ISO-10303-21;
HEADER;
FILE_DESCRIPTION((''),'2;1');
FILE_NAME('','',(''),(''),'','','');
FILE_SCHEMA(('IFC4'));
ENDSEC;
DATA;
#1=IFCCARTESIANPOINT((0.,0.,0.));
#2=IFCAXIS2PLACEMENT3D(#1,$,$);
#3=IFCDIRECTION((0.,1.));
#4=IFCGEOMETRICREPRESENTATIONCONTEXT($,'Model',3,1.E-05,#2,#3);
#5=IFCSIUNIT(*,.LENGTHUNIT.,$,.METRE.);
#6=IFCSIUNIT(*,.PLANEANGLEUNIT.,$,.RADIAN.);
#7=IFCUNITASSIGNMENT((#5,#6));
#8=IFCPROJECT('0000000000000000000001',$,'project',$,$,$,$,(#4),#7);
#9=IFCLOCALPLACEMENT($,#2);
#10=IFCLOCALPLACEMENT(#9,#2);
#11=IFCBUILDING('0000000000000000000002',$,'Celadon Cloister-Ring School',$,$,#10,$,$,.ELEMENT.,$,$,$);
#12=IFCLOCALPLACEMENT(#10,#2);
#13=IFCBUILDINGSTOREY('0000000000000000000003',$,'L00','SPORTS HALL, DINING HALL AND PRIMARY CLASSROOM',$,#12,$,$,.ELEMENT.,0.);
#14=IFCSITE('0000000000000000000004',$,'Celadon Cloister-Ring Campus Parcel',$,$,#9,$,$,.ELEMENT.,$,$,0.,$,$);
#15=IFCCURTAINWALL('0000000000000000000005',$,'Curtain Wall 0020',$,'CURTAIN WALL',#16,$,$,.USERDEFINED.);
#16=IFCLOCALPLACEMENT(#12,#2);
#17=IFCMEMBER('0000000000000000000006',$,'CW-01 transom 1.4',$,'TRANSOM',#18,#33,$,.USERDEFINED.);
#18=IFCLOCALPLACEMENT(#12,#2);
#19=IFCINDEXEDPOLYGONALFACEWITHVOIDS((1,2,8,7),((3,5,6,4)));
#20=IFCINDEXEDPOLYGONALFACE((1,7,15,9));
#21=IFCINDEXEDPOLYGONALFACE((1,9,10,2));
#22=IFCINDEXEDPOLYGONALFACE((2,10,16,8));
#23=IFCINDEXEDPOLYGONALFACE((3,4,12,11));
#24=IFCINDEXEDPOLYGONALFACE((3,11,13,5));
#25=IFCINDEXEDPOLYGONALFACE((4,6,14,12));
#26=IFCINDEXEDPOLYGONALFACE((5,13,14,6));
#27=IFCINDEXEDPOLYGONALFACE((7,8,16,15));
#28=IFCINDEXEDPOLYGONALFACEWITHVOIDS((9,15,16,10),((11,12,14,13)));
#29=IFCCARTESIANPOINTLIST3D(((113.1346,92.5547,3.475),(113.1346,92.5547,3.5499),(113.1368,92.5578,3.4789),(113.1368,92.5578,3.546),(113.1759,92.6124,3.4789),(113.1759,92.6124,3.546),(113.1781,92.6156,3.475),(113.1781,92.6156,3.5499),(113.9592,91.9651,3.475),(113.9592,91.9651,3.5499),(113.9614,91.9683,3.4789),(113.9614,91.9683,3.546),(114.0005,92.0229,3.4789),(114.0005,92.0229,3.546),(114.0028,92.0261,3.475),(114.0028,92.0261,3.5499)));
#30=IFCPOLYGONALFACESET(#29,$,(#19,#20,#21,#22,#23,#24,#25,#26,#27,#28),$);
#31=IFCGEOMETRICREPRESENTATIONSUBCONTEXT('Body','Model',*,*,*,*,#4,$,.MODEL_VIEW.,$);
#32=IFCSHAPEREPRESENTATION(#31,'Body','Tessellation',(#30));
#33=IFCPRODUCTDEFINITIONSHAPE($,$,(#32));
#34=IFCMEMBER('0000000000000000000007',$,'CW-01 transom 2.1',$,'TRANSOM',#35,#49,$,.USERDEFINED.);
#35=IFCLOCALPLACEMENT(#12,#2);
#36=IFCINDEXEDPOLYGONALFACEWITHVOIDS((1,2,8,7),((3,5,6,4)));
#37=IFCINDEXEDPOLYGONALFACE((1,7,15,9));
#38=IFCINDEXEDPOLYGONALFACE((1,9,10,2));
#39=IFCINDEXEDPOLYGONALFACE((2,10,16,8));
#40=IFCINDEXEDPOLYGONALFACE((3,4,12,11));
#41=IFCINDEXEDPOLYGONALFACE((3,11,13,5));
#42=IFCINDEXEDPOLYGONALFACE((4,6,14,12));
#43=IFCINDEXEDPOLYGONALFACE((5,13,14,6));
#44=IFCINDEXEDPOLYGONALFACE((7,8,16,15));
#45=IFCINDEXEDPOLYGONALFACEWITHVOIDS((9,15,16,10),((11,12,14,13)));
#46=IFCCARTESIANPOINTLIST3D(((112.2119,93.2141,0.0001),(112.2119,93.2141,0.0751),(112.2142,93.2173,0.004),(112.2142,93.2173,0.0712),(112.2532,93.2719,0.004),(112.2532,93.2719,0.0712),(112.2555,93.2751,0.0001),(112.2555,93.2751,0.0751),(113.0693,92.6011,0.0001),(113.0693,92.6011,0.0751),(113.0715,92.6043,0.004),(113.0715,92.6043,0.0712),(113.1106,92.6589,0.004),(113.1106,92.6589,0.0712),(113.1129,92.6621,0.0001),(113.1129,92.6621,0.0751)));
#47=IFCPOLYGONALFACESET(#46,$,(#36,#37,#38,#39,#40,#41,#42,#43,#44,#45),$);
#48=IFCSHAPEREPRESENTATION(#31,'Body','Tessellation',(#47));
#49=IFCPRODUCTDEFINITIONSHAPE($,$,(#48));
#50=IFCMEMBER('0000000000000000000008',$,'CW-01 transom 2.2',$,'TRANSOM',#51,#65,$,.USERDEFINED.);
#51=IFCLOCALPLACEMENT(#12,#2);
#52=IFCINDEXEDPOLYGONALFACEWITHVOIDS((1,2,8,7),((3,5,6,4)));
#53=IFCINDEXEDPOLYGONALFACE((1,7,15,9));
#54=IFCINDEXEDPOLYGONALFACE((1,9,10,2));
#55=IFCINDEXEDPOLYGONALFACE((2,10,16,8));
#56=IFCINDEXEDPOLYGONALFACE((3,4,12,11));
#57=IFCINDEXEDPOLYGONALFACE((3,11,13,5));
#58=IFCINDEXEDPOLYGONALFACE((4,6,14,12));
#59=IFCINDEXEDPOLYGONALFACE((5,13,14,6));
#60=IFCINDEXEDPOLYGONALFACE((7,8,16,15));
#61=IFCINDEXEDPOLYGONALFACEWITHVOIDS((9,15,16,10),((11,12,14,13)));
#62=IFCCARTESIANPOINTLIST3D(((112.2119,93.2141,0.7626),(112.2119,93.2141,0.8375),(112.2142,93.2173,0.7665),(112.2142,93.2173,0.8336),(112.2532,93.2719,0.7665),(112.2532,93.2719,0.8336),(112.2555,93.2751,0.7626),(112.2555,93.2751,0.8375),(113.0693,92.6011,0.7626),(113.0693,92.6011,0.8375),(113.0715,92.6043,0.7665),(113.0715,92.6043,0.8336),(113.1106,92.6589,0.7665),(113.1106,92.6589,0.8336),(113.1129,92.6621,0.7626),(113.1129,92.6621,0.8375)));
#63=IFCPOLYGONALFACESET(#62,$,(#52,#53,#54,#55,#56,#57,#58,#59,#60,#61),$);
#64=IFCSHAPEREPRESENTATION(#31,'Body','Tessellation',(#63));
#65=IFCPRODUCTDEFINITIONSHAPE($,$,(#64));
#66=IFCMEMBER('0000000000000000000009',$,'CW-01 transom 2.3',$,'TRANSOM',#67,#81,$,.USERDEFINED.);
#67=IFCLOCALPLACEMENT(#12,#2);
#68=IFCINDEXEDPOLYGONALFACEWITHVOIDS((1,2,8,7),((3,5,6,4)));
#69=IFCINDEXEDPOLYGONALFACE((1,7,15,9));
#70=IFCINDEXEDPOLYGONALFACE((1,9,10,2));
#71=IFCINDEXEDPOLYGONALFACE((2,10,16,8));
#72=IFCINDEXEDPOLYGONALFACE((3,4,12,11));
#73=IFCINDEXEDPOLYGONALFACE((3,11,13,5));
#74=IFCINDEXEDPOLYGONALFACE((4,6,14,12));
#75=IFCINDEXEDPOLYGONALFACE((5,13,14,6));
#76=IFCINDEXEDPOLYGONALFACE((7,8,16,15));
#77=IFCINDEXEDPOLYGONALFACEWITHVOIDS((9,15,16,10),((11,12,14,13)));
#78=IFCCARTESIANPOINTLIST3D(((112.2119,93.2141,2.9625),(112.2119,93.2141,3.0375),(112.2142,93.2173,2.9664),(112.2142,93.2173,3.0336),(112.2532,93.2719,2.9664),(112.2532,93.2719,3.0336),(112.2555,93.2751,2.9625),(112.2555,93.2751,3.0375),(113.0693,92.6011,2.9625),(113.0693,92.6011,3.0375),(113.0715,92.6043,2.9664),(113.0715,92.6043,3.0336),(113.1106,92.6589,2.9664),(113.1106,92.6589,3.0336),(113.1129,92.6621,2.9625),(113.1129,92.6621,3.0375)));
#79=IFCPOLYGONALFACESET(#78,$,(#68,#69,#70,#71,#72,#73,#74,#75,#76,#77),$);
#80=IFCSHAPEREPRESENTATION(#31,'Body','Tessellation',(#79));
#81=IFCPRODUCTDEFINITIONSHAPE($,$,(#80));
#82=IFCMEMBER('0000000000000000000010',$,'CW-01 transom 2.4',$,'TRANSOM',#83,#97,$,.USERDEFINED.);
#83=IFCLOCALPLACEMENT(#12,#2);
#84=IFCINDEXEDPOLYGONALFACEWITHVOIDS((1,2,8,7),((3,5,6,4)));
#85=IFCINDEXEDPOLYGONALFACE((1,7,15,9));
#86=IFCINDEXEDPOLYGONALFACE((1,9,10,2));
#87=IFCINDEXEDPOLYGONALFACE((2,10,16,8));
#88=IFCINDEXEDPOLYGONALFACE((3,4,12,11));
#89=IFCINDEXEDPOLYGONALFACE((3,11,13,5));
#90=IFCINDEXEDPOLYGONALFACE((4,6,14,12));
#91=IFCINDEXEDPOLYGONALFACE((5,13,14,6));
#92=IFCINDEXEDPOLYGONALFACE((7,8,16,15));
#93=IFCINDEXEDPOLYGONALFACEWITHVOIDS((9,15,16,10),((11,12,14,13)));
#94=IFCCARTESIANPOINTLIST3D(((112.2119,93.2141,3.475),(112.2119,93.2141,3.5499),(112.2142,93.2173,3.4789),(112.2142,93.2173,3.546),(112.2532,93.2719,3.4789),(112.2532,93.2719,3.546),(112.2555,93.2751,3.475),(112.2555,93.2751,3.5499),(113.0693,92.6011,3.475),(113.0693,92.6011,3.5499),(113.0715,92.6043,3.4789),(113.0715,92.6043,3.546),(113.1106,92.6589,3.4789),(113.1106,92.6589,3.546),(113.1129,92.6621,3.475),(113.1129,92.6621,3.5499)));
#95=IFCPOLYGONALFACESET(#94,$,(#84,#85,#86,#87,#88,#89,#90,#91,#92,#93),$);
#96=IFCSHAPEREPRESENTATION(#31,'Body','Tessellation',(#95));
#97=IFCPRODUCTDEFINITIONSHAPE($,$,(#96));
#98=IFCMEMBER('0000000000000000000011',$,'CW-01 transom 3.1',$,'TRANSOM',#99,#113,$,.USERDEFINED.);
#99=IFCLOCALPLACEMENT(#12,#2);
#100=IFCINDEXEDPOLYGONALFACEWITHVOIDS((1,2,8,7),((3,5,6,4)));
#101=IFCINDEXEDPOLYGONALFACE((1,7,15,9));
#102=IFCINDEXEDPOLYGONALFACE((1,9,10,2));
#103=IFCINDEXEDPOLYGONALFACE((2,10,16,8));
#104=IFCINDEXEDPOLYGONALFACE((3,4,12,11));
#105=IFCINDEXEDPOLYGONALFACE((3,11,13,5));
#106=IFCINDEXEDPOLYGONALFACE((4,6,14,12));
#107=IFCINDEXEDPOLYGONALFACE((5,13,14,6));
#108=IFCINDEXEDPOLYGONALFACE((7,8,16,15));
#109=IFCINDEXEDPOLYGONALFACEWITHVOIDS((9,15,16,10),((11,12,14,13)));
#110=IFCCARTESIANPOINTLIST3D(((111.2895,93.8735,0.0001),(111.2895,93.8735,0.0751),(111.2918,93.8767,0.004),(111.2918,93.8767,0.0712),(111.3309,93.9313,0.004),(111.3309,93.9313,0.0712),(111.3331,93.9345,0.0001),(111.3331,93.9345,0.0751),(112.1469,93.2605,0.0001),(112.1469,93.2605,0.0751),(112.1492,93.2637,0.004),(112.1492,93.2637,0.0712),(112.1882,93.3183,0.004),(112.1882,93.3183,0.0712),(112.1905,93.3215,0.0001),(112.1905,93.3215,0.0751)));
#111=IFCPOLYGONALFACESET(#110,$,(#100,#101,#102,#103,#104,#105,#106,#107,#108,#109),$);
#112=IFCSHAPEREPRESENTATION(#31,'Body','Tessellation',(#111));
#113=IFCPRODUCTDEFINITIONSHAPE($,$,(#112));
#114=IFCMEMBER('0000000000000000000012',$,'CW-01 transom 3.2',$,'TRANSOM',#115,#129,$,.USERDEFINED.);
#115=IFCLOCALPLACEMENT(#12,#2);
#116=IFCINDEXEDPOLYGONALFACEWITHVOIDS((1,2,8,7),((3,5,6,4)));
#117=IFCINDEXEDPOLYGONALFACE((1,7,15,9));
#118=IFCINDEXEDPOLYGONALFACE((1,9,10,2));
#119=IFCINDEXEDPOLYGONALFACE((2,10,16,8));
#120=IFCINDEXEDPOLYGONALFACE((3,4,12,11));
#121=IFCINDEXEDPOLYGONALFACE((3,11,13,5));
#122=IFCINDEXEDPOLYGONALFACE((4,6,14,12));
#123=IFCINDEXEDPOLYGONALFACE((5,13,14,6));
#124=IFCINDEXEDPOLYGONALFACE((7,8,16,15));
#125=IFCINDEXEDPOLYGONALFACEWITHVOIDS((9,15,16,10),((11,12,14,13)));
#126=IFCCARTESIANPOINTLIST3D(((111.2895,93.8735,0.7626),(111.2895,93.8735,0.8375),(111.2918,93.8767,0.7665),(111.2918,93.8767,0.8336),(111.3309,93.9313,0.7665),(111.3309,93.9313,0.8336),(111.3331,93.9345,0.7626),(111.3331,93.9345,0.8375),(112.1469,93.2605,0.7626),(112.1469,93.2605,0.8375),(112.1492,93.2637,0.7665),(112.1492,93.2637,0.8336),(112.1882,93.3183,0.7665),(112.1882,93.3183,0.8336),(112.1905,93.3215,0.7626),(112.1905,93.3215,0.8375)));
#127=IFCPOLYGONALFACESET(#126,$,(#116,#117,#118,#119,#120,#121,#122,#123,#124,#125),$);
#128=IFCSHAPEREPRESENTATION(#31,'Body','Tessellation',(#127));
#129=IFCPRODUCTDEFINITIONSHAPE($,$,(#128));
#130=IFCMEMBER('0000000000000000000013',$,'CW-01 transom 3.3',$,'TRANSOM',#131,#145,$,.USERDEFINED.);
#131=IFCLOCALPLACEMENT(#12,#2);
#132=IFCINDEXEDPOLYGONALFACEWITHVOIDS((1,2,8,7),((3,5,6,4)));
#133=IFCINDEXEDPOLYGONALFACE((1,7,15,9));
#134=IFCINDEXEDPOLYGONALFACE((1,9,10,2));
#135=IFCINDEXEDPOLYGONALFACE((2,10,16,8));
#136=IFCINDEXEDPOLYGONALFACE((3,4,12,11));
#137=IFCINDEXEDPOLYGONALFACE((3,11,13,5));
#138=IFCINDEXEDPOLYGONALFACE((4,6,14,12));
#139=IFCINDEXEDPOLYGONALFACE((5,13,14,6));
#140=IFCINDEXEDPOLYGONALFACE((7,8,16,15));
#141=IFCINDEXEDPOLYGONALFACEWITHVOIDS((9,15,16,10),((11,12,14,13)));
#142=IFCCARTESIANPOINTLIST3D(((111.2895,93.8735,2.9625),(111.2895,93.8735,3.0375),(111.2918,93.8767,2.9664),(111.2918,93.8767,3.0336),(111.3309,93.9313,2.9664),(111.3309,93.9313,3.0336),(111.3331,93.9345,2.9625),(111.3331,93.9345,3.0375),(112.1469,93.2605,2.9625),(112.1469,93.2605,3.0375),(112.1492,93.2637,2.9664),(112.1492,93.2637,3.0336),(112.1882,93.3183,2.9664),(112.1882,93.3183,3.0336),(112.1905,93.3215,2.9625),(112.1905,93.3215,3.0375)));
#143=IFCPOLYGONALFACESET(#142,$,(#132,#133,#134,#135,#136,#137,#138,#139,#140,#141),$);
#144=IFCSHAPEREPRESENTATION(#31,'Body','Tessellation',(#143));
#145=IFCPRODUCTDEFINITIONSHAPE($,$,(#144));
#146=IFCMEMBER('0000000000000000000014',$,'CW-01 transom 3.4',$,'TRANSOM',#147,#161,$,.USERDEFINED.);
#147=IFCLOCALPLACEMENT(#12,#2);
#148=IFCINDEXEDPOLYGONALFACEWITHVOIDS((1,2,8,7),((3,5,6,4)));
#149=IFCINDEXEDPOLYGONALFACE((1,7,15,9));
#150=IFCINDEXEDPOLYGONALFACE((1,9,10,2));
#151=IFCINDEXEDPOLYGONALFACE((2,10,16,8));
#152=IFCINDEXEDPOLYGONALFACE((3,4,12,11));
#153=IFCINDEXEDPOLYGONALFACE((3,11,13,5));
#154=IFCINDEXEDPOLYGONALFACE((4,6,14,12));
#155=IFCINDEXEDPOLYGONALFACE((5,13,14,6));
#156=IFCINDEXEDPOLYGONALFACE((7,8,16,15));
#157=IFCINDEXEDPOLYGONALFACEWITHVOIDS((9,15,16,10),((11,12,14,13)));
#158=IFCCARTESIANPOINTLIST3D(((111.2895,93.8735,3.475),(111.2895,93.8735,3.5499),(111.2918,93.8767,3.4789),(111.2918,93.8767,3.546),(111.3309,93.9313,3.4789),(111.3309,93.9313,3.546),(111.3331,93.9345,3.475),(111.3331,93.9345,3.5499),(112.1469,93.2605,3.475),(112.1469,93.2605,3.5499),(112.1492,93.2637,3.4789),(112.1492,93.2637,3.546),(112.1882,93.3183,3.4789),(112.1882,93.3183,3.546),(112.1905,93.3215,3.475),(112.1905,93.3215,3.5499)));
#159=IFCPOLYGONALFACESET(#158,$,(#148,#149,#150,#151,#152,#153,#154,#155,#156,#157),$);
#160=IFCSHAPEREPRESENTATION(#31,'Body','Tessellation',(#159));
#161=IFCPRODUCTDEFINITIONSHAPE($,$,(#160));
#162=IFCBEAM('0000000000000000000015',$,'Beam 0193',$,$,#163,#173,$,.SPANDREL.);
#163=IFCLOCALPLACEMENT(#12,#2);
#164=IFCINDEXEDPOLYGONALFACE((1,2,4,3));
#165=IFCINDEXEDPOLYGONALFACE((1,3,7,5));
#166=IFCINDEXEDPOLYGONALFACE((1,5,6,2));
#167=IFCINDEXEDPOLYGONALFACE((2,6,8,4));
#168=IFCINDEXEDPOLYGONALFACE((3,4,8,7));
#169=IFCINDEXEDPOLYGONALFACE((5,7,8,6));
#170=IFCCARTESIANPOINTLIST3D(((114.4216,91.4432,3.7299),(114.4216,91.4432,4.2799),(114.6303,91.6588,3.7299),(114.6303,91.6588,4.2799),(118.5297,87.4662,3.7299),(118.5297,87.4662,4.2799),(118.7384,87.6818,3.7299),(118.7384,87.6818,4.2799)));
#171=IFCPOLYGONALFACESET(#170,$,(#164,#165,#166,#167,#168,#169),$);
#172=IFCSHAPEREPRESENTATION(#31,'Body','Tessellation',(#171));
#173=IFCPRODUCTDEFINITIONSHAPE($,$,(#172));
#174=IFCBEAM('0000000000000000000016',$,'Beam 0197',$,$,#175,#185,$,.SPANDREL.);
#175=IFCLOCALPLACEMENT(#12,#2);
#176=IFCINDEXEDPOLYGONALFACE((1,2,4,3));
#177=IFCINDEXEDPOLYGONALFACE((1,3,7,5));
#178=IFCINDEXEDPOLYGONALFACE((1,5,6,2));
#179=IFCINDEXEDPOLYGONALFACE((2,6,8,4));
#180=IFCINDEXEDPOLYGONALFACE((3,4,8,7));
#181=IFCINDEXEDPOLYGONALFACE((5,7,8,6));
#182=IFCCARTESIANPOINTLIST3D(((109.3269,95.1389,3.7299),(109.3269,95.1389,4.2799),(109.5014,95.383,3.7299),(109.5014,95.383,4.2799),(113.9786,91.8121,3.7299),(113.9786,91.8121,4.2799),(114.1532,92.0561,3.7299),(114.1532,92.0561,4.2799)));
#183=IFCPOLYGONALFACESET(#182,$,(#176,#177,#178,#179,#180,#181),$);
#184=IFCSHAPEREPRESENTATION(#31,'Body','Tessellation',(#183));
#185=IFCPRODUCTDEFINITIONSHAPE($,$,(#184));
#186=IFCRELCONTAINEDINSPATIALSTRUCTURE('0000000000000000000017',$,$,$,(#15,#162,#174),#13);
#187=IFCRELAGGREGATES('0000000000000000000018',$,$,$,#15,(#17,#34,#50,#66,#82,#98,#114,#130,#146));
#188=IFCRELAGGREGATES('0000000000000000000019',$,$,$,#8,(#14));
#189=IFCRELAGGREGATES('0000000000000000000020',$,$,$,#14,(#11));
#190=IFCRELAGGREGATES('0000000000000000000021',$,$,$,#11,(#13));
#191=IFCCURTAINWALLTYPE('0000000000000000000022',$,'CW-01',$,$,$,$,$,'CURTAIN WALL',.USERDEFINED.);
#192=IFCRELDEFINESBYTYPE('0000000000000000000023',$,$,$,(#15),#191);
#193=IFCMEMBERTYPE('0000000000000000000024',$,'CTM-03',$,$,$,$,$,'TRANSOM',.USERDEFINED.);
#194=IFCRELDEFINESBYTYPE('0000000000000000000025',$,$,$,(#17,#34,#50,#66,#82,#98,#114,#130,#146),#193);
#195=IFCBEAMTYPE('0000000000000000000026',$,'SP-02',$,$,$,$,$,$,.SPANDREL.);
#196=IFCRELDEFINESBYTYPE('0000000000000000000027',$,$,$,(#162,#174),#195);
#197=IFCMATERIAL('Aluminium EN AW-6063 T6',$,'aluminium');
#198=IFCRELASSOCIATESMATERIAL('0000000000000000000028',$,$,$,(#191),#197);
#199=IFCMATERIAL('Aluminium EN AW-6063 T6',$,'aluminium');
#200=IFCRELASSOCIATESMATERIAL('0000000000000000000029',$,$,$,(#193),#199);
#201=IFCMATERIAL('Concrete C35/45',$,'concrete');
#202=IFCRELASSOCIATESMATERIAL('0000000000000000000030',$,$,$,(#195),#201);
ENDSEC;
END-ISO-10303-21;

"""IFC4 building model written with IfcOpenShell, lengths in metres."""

from ifc_helpers import new_model, si_unit, direction, frame, origin, origin_2d, place, context, subcontext, project, spatial, rectangle, hollow_rectangle, extrude, material, material_profile, profile_set, type_object, element, aggregate, save


model = new_model("IFC4")

# Units and contexts
model_context = context("Model", 3, precision=1e-05, world=origin(), true_north=direction((0.0, 1.0)))
body_context = subcontext(model_context, "Body", "Model", "MODEL_VIEW")
ifc_project = project(units=[si_unit("LENGTHUNIT", "METRE"), si_unit("PLANEANGLEUNIT", "RADIAN")], contexts=[model_context])

# Site, building, storey
site_placement = place(None, origin())
site = spatial("IfcSite", under=ifc_project, at=site_placement, Name="Celadon Cloister-Ring Campus Parcel", CompositionType="ELEMENT", RefElevation=0.0)
building_placement = place(site_placement, origin())
building = spatial("IfcBuilding", under=site, at=building_placement, Name="Celadon Cloister-Ring School", CompositionType="ELEMENT")
storey_placement = place(building_placement, origin())
storey = spatial("IfcBuildingStorey", under=building, at=storey_placement, Name="L00", Description="SPORTS HALL, DINING HALL AND PRIMARY CLASSROOM", CompositionType="ELEMENT", Elevation=0.0)

# Curtain wall, members
ifc_material_1 = material(Name="Aluminium EN AW-6063 T6", Category="aluminium")
curtain_wall_type = type_object("IfcCurtainWallType", Name="CW-01", ElementType="CURTAIN WALL", PredefinedType="USERDEFINED", material=ifc_material_1)
curtain_wall_placement = place(storey_placement, origin())
curtain_wall = element("IfcCurtainWall", 1, at=curtain_wall_placement, inside=storey, type_object=curtain_wall_type, Name="Curtain Wall 0020", ObjectType="CURTAIN WALL", PredefinedType="USERDEFINED")
ifc_material_2 = material(Name="Aluminium EN AW-6063 T6", Category="aluminium")
ifc_material_profile_1 = material_profile(ifc_material_2, hollow_rectangle(XDim=0.075, YDim=0.075, WallThickness=0.0039, at=origin_2d()), Name="RHS75X75X4")
ifc_profile_set_1 = profile_set([ifc_material_profile_1], Name="Aluminium EN AW-6063 T6")
member_type_1 = type_object("IfcMemberType", Name="CTM-03", ElementType="TRANSOM", PredefinedType="USERDEFINED", material=ifc_profile_set_1)
member_1_placement = place(storey_placement, frame((113.981, 91.9956, 3.5125), z_axis=(-0.813489, 0.58158, 0.0), x_axis=(-0.58158, -0.813489, 0.0)))
member_1 = element("IfcMember", 2, at=member_1_placement, type_object=member_type_1, Name="CW-01 transom 1.4", ObjectType="TRANSOM", PredefinedType="USERDEFINED", context=body_context, shape_type="SweptSolid", body=[
    extrude(hollow_rectangle(XDim=0.075, YDim=0.075, WallThickness=0.0039, at=origin_2d()), origin(), (0.0, 0.0, 1.0), 1.0137),
])
member_2_placement = place(storey_placement, frame((113.0911, 92.6316, 0.0376), z_axis=(-0.813467, 0.581611, 0.0), x_axis=(-0.581611, -0.813467, 0.0)))
member_2 = element("IfcMember", 3, at=member_2_placement, type_object=member_type_1, Name="CW-01 transom 2.1", ObjectType="TRANSOM", PredefinedType="USERDEFINED", context=body_context, shape_type="SweptSolid", body=[
    extrude(hollow_rectangle(XDim=0.075, YDim=0.075, WallThickness=0.0039, at=origin_2d()), origin(), (0.0, 0.0, 1.0), 1.054),
])
member_3_placement = place(storey_placement, frame((113.0911, 92.6316, 0.8), z_axis=(-0.813467, 0.581611, 0.0), x_axis=(-0.581611, -0.813467, 0.0)))
member_3 = element("IfcMember", 4, at=member_3_placement, type_object=member_type_1, Name="CW-01 transom 2.2", ObjectType="TRANSOM", PredefinedType="USERDEFINED", context=body_context, shape_type="SweptSolid", body=[
    extrude(hollow_rectangle(XDim=0.075, YDim=0.075, WallThickness=0.0039, at=origin_2d()), origin(), (0.0, 0.0, 1.0), 1.054),
])
member_4_placement = place(storey_placement, frame((113.0911, 92.6316, 3.0), z_axis=(-0.813467, 0.581611, 0.0), x_axis=(-0.581611, -0.813467, 0.0)))
member_4 = element("IfcMember", 5, at=member_4_placement, type_object=member_type_1, Name="CW-01 transom 2.3", ObjectType="TRANSOM", PredefinedType="USERDEFINED", context=body_context, shape_type="SweptSolid", body=[
    extrude(hollow_rectangle(XDim=0.075, YDim=0.075, WallThickness=0.0039, at=origin_2d()), origin(), (0.0, 0.0, 1.0), 1.054),
])
member_5_placement = place(storey_placement, frame((113.0911, 92.6316, 3.5125), z_axis=(-0.813467, 0.581611, 0.0), x_axis=(-0.581611, -0.813467, 0.0)))
member_5 = element("IfcMember", 6, at=member_5_placement, type_object=member_type_1, Name="CW-01 transom 2.4", ObjectType="TRANSOM", PredefinedType="USERDEFINED", context=body_context, shape_type="SweptSolid", body=[
    extrude(hollow_rectangle(XDim=0.075, YDim=0.075, WallThickness=0.0039, at=origin_2d()), origin(), (0.0, 0.0, 1.0), 1.054),
])
member_6_placement = place(storey_placement, frame((112.1687, 93.291, 0.0376), z_axis=(-0.813467, 0.581611, 0.0), x_axis=(-0.581611, -0.813467, 0.0)))
member_6 = element("IfcMember", 7, at=member_6_placement, type_object=member_type_1, Name="CW-01 transom 3.1", ObjectType="TRANSOM", PredefinedType="USERDEFINED", context=body_context, shape_type="SweptSolid", body=[
    extrude(hollow_rectangle(XDim=0.075, YDim=0.075, WallThickness=0.0039, at=origin_2d()), origin(), (0.0, 0.0, 1.0), 1.054),
])
member_7_placement = place(storey_placement, frame((112.1687, 93.291, 0.8), z_axis=(-0.813467, 0.581611, 0.0), x_axis=(-0.581611, -0.813467, 0.0)))
member_7 = element("IfcMember", 8, at=member_7_placement, type_object=member_type_1, Name="CW-01 transom 3.2", ObjectType="TRANSOM", PredefinedType="USERDEFINED", context=body_context, shape_type="SweptSolid", body=[
    extrude(hollow_rectangle(XDim=0.075, YDim=0.075, WallThickness=0.0039, at=origin_2d()), origin(), (0.0, 0.0, 1.0), 1.054),
])
member_8_placement = place(storey_placement, frame((112.1687, 93.291, 3.0), z_axis=(-0.813467, 0.581611, 0.0), x_axis=(-0.581611, -0.813467, 0.0)))
member_8 = element("IfcMember", 9, at=member_8_placement, type_object=member_type_1, Name="CW-01 transom 3.3", ObjectType="TRANSOM", PredefinedType="USERDEFINED", context=body_context, shape_type="SweptSolid", body=[
    extrude(hollow_rectangle(XDim=0.075, YDim=0.075, WallThickness=0.0039, at=origin_2d()), origin(), (0.0, 0.0, 1.0), 1.054),
])
member_9_placement = place(storey_placement, frame((112.1687, 93.291, 3.5125), z_axis=(-0.813467, 0.581611, 0.0), x_axis=(-0.581611, -0.813467, 0.0)))
member_9 = element("IfcMember", 10, at=member_9_placement, type_object=member_type_1, Name="CW-01 transom 3.4", ObjectType="TRANSOM", PredefinedType="USERDEFINED", context=body_context, shape_type="SweptSolid", body=[
    extrude(hollow_rectangle(XDim=0.075, YDim=0.075, WallThickness=0.0039, at=origin_2d()), origin(), (0.0, 0.0, 1.0), 1.054),
])

# Beams
ifc_material_3 = material(Name="Concrete C35/45", Category="concrete")
ifc_material_profile_2 = material_profile(ifc_material_3, rectangle(XDim=0.3, YDim=0.55, at=origin_2d()), Name="RC300X550")
ifc_profile_set_2 = profile_set([ifc_material_profile_2], Name="Concrete C35/45")
beam_type_1 = type_object("IfcBeamType", Name="SP-02", PredefinedType="SPANDREL", material=ifc_profile_set_2)
beam_1_placement = place(storey_placement, frame((118.634, 87.574, 4.0049), z_axis=(-0.718478, 0.695549, 0.0), x_axis=(-0.695549, -0.718478, 0.0)))
element("IfcBeam", 11, at=beam_1_placement, inside=storey, type_object=beam_type_1, Name="Beam 0193", PredefinedType="SPANDREL", context=body_context, shape_type="SweptSolid", body=[
    extrude(rectangle(XDim=0.3, YDim=0.55, at=origin_2d()), origin(), (0.0, 0.0, 1.0), 5.7178),
])
beam_2_placement = place(storey_placement, frame((114.0659, 91.9341, 4.0049), z_axis=(-0.81339, 0.581719, 0.0), x_axis=(-0.581719, -0.81339, 0.0)))
element("IfcBeam", 12, at=beam_2_placement, inside=storey, type_object=beam_type_1, Name="Beam 0197", PredefinedType="SPANDREL", context=body_context, shape_type="SweptSolid", body=[
    extrude(rectangle(XDim=0.3, YDim=0.55, at=origin_2d()), origin(), (0.0, 0.0, 1.0), 5.719),
])

aggregate(curtain_wall, [member_1, member_2, member_3, member_4, member_5, member_6, member_7, member_8, member_9])

save(model, "model.ifc")
